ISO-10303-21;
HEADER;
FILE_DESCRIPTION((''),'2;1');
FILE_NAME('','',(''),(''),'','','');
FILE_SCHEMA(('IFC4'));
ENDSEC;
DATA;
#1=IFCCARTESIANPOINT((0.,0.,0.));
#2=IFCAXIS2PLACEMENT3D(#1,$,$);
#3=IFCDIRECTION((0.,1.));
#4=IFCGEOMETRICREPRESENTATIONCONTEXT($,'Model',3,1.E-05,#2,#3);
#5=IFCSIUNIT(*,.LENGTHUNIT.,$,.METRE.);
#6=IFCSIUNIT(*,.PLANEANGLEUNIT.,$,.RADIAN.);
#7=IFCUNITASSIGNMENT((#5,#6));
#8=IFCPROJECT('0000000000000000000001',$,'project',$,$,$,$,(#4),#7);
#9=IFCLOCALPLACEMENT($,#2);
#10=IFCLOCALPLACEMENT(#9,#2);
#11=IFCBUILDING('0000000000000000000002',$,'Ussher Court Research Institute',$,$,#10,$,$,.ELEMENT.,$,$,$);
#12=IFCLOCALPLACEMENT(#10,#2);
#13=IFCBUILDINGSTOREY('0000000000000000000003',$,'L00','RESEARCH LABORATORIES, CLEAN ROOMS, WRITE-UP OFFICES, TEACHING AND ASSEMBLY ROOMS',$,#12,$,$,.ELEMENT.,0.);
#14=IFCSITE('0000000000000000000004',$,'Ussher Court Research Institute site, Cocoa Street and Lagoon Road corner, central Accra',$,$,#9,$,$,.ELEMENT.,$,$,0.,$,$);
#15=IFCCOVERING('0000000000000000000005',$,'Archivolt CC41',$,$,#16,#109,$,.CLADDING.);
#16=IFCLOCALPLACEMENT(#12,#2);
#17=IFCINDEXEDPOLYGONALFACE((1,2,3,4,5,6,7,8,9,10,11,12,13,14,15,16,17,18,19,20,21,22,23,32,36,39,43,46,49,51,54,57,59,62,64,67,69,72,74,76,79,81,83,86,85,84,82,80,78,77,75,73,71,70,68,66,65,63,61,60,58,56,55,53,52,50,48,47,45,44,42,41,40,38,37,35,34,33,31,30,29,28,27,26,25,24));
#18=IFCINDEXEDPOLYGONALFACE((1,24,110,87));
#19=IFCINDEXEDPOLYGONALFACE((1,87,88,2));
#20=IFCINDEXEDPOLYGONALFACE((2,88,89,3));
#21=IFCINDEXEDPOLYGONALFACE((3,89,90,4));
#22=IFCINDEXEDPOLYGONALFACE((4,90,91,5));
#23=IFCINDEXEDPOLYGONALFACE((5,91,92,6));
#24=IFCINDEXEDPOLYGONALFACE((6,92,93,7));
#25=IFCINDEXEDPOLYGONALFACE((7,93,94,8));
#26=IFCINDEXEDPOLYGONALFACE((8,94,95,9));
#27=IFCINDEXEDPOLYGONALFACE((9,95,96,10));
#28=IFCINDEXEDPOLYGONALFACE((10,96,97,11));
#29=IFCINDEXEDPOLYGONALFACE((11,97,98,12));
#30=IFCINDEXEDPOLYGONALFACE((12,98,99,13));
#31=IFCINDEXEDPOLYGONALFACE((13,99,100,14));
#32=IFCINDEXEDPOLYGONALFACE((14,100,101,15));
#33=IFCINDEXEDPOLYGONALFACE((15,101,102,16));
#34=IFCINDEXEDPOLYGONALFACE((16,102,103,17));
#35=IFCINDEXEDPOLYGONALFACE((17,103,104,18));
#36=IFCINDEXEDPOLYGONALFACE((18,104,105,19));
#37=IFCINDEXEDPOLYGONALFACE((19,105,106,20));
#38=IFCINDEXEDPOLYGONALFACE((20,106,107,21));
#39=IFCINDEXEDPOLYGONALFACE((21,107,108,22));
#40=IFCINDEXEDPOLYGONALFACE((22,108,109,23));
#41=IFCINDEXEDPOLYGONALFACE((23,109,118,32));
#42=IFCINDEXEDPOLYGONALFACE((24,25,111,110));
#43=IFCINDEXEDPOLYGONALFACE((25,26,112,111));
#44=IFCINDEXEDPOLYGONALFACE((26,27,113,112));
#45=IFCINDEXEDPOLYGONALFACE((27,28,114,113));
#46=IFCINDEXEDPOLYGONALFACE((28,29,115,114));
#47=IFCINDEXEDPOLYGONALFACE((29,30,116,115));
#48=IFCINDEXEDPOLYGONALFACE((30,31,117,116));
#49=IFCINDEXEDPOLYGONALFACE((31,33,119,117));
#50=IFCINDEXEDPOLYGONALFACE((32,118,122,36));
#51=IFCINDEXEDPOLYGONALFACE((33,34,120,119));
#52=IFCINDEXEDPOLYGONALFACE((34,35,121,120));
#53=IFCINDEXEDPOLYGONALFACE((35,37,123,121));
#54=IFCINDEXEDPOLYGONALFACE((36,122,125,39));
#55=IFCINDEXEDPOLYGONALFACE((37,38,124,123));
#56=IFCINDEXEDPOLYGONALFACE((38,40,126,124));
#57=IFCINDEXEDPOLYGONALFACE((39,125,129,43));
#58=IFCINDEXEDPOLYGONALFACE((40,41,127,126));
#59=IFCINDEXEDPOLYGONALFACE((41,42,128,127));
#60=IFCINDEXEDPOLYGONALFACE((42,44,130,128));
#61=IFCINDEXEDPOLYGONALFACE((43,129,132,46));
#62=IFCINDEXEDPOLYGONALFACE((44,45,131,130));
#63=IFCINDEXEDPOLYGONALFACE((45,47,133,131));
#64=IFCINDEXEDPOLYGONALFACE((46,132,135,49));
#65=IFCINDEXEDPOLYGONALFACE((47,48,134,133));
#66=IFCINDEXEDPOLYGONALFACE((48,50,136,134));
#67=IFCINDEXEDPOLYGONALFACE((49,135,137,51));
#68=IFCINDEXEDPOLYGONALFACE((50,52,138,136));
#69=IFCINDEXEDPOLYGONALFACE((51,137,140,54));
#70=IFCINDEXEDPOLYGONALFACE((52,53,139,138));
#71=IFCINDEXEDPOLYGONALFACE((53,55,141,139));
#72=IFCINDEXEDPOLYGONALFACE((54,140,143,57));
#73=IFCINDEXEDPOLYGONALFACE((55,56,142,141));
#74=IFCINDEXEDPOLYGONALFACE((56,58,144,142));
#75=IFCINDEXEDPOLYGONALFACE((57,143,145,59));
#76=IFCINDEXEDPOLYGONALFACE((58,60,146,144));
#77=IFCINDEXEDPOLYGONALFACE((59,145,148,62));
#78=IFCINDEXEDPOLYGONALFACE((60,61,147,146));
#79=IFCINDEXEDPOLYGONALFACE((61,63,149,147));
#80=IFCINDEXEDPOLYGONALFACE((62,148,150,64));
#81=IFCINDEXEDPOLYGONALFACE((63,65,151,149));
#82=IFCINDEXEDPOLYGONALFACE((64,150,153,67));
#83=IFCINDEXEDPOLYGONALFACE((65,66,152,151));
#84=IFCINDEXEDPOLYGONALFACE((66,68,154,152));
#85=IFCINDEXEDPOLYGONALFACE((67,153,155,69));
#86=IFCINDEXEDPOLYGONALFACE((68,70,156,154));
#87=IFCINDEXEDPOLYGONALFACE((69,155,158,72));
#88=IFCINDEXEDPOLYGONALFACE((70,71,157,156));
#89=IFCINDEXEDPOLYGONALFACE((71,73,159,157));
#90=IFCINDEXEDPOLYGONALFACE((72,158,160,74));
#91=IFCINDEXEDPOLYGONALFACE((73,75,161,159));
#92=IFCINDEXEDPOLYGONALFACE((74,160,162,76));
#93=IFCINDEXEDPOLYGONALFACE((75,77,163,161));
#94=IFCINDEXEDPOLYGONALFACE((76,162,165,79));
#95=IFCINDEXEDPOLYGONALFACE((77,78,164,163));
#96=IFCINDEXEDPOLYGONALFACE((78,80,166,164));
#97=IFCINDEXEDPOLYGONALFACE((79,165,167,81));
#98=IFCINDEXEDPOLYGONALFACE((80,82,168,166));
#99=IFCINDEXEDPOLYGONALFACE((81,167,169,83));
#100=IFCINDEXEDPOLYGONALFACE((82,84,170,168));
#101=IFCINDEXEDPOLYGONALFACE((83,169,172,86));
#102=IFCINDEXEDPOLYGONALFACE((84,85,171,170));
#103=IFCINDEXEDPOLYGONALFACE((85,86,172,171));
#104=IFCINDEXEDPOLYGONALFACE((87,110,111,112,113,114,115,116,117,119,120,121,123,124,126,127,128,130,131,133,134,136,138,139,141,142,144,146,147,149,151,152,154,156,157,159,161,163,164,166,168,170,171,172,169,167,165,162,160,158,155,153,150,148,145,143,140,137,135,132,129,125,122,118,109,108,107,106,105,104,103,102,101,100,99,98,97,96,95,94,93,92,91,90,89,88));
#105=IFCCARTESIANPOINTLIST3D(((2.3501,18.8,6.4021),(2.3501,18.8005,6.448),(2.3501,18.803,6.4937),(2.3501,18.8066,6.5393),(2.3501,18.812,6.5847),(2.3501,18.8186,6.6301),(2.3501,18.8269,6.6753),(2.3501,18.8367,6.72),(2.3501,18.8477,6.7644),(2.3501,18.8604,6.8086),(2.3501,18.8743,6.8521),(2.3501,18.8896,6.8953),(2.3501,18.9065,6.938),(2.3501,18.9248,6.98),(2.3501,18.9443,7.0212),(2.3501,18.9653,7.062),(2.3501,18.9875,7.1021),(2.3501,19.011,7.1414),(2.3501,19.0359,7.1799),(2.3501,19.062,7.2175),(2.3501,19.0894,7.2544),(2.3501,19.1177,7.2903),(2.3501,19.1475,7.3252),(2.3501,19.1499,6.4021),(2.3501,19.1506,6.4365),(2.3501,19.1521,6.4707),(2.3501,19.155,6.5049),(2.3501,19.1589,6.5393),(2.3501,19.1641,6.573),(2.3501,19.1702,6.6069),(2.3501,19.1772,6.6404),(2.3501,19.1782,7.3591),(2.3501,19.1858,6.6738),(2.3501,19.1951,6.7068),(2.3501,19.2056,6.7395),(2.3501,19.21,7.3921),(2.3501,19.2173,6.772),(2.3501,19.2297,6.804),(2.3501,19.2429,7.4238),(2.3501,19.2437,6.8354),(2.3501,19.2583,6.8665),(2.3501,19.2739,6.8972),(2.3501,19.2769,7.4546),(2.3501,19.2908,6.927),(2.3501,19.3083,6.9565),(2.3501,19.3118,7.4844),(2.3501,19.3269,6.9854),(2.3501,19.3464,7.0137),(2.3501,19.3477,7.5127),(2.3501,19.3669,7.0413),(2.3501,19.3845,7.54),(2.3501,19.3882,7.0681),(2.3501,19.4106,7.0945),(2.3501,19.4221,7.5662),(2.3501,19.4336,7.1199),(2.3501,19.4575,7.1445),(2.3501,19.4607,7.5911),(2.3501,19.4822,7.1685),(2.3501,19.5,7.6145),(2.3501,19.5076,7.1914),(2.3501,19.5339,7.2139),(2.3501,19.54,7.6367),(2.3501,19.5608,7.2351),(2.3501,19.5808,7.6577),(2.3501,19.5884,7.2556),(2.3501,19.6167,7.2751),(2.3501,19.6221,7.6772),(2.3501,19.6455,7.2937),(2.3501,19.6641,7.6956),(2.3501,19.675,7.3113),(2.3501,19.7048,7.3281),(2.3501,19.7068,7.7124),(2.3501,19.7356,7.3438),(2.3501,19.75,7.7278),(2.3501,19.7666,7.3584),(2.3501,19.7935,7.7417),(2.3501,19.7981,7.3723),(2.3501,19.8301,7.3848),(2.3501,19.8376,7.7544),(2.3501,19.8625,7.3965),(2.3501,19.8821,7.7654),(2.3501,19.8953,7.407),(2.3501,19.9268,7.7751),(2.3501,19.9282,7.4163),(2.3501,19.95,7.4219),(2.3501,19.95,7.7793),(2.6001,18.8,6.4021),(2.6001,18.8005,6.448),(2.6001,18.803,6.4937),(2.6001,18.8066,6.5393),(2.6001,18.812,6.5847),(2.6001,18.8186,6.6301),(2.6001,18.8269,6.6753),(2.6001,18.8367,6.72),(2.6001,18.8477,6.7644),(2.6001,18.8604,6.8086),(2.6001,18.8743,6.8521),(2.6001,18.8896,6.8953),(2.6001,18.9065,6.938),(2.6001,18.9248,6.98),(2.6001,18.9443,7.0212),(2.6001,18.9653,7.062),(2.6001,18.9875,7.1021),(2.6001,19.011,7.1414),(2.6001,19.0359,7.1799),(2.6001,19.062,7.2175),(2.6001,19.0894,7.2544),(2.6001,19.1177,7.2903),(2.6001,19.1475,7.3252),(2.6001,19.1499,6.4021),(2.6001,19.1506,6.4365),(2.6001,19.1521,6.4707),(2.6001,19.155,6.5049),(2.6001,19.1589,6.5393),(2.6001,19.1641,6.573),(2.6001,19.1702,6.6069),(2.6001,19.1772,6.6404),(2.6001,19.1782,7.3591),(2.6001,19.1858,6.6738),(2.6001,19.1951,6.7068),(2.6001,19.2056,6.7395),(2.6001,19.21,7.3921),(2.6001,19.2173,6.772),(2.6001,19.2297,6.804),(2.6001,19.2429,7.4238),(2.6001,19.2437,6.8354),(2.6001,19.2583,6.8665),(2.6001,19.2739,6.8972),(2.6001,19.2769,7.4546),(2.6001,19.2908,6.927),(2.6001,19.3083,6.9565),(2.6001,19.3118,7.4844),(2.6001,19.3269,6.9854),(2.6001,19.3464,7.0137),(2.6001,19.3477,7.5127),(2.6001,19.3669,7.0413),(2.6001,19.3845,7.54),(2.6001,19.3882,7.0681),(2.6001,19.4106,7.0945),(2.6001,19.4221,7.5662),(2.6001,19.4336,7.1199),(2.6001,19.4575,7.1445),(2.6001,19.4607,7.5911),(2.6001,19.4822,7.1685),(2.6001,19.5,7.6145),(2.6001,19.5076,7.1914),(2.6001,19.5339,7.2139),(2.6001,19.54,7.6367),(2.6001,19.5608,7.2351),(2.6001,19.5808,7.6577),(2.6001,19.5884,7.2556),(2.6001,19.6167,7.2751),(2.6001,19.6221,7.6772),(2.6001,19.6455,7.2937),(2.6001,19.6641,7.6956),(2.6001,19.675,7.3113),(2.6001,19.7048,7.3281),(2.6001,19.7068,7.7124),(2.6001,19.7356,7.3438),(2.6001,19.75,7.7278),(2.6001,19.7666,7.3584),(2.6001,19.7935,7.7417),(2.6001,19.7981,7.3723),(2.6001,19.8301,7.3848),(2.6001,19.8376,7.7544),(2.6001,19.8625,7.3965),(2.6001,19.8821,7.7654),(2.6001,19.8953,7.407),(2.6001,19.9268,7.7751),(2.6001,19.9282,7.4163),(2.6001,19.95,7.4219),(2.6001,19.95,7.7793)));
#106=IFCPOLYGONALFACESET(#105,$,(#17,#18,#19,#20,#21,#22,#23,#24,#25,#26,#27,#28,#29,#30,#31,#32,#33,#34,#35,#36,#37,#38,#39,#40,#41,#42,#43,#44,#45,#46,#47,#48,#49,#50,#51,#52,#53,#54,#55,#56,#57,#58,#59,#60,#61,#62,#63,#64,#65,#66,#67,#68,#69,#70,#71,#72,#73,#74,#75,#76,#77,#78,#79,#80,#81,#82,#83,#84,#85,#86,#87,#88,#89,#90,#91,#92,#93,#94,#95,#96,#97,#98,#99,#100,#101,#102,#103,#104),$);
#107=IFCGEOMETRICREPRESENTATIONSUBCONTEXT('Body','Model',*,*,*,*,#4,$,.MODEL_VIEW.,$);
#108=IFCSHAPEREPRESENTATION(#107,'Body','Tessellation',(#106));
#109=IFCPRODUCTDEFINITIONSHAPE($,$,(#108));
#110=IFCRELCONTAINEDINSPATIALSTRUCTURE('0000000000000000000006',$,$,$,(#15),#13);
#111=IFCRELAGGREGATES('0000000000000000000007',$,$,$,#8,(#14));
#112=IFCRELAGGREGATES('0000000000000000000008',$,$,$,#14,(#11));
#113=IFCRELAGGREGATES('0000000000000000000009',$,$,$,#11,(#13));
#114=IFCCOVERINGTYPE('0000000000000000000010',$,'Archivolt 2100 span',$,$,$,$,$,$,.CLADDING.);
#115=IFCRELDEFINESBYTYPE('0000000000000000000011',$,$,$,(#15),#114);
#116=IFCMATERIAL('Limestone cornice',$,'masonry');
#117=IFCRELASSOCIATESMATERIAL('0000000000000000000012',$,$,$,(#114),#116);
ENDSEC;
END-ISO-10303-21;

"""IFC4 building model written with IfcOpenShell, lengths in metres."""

from ifc_helpers import new_model, si_unit, direction, frame, origin, place, context, subcontext, project, spatial, polyline, outline, extrude, material, type_object, element, save


model = new_model("IFC4")

# Units and contexts
model_context = context("Model", 3, precision=1e-05, world=origin(), true_north=direction((0.0, 1.0)))
body_context = subcontext(model_context, "Body", "Model", "MODEL_VIEW")
ifc_project = project(units=[si_unit("LENGTHUNIT", "METRE"), si_unit("PLANEANGLEUNIT", "RADIAN")], contexts=[model_context])

# Site, building, storey
site_placement = place(None, origin())
site = spatial("IfcSite", under=ifc_project, at=site_placement, Name="Ussher Court Research Institute site, Cocoa Street and Lagoon Road corner, central Accra", CompositionType="ELEMENT", RefElevation=0.0)
building_placement = place(site_placement, origin())
building = spatial("IfcBuilding", under=site, at=building_placement, Name="Ussher Court Research Institute", CompositionType="ELEMENT")
storey_placement = place(building_placement, origin())
storey = spatial("IfcBuildingStorey", under=building, at=storey_placement, Name="L00", Description="RESEARCH LABORATORIES, CLEAN ROOMS, WRITE-UP OFFICES, TEACHING AND ASSEMBLY ROOMS", CompositionType="ELEMENT", Elevation=0.0)

# Covering
ifc_material_1 = material(Name="Limestone cornice", Category="masonry")
covering_type_1 = type_object("IfcCoveringType", Name="Archivolt 2100 span", PredefinedType="CLADDING", material=ifc_material_1)
covering_1_placement = place(storey_placement, frame((2.3501, 20.2, 6.4021), z_axis=(1.0, 0.0, 0.0), x_axis=(0.0, 1.0, 0.0)))
element("IfcCovering", 1, at=covering_1_placement, inside=storey, type_object=covering_type_1, Name="Archivolt CC41", PredefinedType="CLADDING", context=body_context, shape_type="SweptSolid", body=[
    extrude(outline(polyline([(-0.2732, 1.373), (-0.3179, 1.3633), (-0.3623, 1.3523), (-0.4065, 1.3396), (-0.45, 1.3257), (-0.4932, 1.3103), (-0.5359, 1.2935), (-0.5779, 1.2751), (-0.6191, 1.2556), (-0.6599, 1.2346), (-0.7, 1.2124), (-0.7393, 1.189), (-0.7778, 1.1641), (-0.8154, 1.1379), (-0.8523, 1.1106), (-0.8882, 1.0823), (-0.9231, 1.0525), (-0.957, 1.0217), (-0.99, 0.99), (-1.0217, 0.957), (-1.0525, 0.9231), (-1.0823, 0.8882), (-1.1106, 0.8523), (-1.1379, 0.8154), (-1.1641, 0.7778), (-1.189, 0.7393), (-1.2124, 0.7), (-1.2346, 0.6599), (-1.2556, 0.6191), (-1.2751, 0.5779), (-1.2935, 0.5359), (-1.3103, 0.4932), (-1.3257, 0.45), (-1.3396, 0.4065), (-1.3523, 0.3623), (-1.3633, 0.3179), (-1.373, 0.2732), (-1.3813, 0.228), (-1.3879, 0.1826), (-1.3933, 0.1372), (-1.397, 0.0916), (-1.3994, 0.0459), (-1.3999, 0.0), (-1.05, 0.0), (-1.0493, 0.0344), (-1.0479, 0.0686), (-1.0449, 0.1028), (-1.041, 0.1372), (-1.0359, 0.1709), (-1.0298, 0.2048), (-1.0227, 0.2383), (-1.0142, 0.2717), (-1.0049, 0.3047), (-0.9944, 0.3374), (-0.9827, 0.3699), (-0.9702, 0.4019), (-0.9563, 0.4333), (-0.9417, 0.4644), (-0.926, 0.4951), (-0.9092, 0.5249), (-0.8916, 0.5544), (-0.873, 0.5833), (-0.8535, 0.6116), (-0.833, 0.6392), (-0.8118, 0.666), (-0.7893, 0.6924), (-0.7664, 0.7178), (-0.7424, 0.7424), (-0.7178, 0.7664), (-0.6924, 0.7893), (-0.666, 0.8118), (-0.6392, 0.833), (-0.6116, 0.8535), (-0.5833, 0.873), (-0.5544, 0.8916), (-0.5249, 0.9092), (-0.4951, 0.926), (-0.4644, 0.9417), (-0.4333, 0.9563), (-0.4019, 0.9702), (-0.3699, 0.9827), (-0.3374, 0.9944), (-0.3047, 1.0049), (-0.2717, 1.0142), (-0.25, 1.0198), (-0.25, 1.3772), (-0.2732, 1.373)])), origin(), (0.0, 0.0, 1.0), 0.25),
])

save(model, "model.ifc")
